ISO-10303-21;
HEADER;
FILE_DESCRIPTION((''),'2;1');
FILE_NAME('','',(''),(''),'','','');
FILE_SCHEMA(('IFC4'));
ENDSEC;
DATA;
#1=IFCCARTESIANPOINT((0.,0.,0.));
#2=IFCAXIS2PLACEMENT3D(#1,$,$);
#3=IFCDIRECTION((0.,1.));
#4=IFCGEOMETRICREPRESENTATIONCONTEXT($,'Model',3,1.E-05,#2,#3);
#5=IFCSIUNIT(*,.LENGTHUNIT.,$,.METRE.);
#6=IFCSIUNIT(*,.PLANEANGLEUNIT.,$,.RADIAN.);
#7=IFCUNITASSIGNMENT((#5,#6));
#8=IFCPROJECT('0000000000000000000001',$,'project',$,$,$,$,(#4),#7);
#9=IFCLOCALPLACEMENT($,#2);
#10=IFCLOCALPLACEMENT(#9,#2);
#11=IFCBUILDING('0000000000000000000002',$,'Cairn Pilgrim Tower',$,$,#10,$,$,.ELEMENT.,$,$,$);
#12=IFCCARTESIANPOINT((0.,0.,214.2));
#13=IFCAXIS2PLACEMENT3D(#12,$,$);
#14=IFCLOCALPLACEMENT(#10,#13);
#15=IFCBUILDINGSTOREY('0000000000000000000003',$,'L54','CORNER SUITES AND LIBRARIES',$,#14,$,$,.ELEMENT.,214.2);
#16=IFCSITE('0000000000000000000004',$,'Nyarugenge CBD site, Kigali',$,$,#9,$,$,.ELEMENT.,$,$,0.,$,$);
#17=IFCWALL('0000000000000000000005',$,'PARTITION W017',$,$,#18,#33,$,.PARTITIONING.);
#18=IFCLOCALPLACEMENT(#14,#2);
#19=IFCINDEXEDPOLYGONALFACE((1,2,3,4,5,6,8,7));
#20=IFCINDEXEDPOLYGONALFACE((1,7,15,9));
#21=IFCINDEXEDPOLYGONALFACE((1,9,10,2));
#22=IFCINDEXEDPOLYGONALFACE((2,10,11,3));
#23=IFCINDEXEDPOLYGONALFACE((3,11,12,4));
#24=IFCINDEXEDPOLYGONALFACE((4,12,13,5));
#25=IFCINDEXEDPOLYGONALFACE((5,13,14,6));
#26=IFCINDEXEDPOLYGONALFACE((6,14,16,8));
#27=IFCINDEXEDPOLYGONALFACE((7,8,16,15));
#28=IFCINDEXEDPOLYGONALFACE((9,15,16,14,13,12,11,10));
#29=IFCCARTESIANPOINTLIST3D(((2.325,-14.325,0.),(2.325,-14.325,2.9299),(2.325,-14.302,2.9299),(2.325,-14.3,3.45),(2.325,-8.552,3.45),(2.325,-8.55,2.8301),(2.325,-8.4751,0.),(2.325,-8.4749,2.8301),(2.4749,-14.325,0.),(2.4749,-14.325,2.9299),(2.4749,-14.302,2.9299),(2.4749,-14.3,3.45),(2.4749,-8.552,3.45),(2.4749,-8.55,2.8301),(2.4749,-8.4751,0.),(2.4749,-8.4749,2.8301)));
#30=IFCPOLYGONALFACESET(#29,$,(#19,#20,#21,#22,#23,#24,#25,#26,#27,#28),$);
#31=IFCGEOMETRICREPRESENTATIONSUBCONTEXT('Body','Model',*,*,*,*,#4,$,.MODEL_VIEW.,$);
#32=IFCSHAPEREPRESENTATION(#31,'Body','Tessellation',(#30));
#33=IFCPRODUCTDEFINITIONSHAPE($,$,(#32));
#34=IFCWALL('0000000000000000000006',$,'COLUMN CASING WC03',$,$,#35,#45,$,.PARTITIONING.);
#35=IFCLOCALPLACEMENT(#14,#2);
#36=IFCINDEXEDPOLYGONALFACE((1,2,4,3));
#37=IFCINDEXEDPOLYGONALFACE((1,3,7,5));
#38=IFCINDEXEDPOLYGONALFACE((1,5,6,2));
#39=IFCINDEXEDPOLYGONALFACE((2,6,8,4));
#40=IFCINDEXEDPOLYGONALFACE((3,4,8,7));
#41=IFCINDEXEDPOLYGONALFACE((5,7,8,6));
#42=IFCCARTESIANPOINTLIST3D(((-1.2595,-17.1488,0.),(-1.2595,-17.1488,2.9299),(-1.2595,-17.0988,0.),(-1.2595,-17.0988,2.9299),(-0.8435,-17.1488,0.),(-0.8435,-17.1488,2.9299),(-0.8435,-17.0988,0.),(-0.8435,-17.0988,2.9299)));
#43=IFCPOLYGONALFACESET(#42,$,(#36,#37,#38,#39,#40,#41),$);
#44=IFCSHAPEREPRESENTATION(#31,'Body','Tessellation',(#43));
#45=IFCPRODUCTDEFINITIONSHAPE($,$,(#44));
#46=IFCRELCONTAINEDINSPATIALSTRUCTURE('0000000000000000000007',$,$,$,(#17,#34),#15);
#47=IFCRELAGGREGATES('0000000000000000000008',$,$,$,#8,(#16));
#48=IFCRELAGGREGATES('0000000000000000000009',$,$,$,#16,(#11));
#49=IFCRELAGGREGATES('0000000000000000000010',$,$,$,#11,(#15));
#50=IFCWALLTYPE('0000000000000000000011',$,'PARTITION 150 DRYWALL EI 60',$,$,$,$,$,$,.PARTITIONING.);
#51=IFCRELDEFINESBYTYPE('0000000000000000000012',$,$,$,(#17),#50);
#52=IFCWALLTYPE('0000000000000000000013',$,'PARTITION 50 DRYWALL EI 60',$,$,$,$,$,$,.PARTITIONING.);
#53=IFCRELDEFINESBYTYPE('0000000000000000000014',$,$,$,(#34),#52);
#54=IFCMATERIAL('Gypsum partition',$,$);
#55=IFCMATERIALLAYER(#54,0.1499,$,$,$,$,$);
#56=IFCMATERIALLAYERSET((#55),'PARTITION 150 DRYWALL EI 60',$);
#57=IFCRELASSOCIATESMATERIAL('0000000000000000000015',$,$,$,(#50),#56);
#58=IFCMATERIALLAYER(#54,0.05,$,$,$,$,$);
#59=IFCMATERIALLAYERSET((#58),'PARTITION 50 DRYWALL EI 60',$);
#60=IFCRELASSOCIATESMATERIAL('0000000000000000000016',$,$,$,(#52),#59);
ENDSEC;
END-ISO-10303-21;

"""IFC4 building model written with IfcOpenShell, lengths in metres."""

from ifc_helpers import new_model, si_unit, direction, frame, frame_2d, origin, place, context, subcontext, project, spatial, polyline, rectangle, outline, extrude, material, layer, layer_set, type_object, element, save


model = new_model("IFC4")

# Units and contexts
model_context = context("Model", 3, precision=1e-05, world=origin(), true_north=direction((0.0, 1.0)))
body_context = subcontext(model_context, "Body", "Model", "MODEL_VIEW")
ifc_project = project(units=[si_unit("LENGTHUNIT", "METRE"), si_unit("PLANEANGLEUNIT", "RADIAN")], contexts=[model_context])

# Site, building, storey
site_placement = place(None, origin())
site = spatial("IfcSite", under=ifc_project, at=site_placement, Name="Nyarugenge CBD site, Kigali", CompositionType="ELEMENT", RefElevation=0.0)
building_placement = place(site_placement, origin())
building = spatial("IfcBuilding", under=site, at=building_placement, Name="Cairn Pilgrim Tower", CompositionType="ELEMENT")
storey_placement = place(building_placement, frame((0.0, 0.0, 214.2)))
storey = spatial("IfcBuildingStorey", under=building, at=storey_placement, Name="L54", Description="CORNER SUITES AND LIBRARIES", CompositionType="ELEMENT", Elevation=214.2)

# Shared definitions
ifc_material_1 = material(Name="Gypsum partition")
ifc_layer_1 = layer(ifc_material_1, 0.1499)
ifc_layer_set_1 = layer_set([ifc_layer_1], Name="PARTITION 150 DRYWALL EI 60")
wall_type_1 = type_object("IfcWallType", Name="PARTITION 150 DRYWALL EI 60", PredefinedType="PARTITIONING", material=ifc_layer_set_1)

# Walls
wall_1_placement = place(storey_placement, frame((2.3999, -14.325, 0.0), z_axis=(0.0, 0.0, 1.0), x_axis=(0.0, 1.0, 0.0)))
element("IfcWall", 1, at=wall_1_placement, inside=storey, type_object=wall_type_1, Name="PARTITION W017", PredefinedType="PARTITIONING", context=body_context, shape_type="SweptSolid", body=[
    extrude(outline(polyline([(0.0, 0.0), (5.8499, 0.0), (5.8501, 2.8301), (5.7749, 2.8301), (5.7729, 3.45), (0.0249, 3.45), (0.0229, 2.9299), (0.0, 2.9299), (0.0, 0.0)])), frame((0.0, 0.075, 0.0), z_axis=(0.0, -1.0, 0.0), x_axis=(1.0, 0.0, 0.0)), (0.0, 0.0, 1.0), 0.1499),
])
ifc_layer_2 = layer(ifc_material_1, 0.05)
ifc_layer_set_2 = layer_set([ifc_layer_2], Name="PARTITION 50 DRYWALL EI 60")
wall_type_2 = type_object("IfcWallType", Name="PARTITION 50 DRYWALL EI 60", PredefinedType="PARTITIONING", material=ifc_layer_set_2)
wall_2_placement = place(storey_placement, frame((-1.2595, -17.1238, 0.0), z_axis=(0.0, 0.0, 1.0), x_axis=(1.0, 0.0, 0.0)))
element("IfcWall", 2, at=wall_2_placement, inside=storey, type_object=wall_type_2, Name="COLUMN CASING WC03", PredefinedType="PARTITIONING", context=body_context, shape_type="SweptSolid", body=[
    extrude(rectangle(XDim=0.416, YDim=0.05, at=frame_2d((0.208, 0.0))), origin(), (0.0, 0.0, 1.0), 2.9299),
])

save(model, "model.ifc")
